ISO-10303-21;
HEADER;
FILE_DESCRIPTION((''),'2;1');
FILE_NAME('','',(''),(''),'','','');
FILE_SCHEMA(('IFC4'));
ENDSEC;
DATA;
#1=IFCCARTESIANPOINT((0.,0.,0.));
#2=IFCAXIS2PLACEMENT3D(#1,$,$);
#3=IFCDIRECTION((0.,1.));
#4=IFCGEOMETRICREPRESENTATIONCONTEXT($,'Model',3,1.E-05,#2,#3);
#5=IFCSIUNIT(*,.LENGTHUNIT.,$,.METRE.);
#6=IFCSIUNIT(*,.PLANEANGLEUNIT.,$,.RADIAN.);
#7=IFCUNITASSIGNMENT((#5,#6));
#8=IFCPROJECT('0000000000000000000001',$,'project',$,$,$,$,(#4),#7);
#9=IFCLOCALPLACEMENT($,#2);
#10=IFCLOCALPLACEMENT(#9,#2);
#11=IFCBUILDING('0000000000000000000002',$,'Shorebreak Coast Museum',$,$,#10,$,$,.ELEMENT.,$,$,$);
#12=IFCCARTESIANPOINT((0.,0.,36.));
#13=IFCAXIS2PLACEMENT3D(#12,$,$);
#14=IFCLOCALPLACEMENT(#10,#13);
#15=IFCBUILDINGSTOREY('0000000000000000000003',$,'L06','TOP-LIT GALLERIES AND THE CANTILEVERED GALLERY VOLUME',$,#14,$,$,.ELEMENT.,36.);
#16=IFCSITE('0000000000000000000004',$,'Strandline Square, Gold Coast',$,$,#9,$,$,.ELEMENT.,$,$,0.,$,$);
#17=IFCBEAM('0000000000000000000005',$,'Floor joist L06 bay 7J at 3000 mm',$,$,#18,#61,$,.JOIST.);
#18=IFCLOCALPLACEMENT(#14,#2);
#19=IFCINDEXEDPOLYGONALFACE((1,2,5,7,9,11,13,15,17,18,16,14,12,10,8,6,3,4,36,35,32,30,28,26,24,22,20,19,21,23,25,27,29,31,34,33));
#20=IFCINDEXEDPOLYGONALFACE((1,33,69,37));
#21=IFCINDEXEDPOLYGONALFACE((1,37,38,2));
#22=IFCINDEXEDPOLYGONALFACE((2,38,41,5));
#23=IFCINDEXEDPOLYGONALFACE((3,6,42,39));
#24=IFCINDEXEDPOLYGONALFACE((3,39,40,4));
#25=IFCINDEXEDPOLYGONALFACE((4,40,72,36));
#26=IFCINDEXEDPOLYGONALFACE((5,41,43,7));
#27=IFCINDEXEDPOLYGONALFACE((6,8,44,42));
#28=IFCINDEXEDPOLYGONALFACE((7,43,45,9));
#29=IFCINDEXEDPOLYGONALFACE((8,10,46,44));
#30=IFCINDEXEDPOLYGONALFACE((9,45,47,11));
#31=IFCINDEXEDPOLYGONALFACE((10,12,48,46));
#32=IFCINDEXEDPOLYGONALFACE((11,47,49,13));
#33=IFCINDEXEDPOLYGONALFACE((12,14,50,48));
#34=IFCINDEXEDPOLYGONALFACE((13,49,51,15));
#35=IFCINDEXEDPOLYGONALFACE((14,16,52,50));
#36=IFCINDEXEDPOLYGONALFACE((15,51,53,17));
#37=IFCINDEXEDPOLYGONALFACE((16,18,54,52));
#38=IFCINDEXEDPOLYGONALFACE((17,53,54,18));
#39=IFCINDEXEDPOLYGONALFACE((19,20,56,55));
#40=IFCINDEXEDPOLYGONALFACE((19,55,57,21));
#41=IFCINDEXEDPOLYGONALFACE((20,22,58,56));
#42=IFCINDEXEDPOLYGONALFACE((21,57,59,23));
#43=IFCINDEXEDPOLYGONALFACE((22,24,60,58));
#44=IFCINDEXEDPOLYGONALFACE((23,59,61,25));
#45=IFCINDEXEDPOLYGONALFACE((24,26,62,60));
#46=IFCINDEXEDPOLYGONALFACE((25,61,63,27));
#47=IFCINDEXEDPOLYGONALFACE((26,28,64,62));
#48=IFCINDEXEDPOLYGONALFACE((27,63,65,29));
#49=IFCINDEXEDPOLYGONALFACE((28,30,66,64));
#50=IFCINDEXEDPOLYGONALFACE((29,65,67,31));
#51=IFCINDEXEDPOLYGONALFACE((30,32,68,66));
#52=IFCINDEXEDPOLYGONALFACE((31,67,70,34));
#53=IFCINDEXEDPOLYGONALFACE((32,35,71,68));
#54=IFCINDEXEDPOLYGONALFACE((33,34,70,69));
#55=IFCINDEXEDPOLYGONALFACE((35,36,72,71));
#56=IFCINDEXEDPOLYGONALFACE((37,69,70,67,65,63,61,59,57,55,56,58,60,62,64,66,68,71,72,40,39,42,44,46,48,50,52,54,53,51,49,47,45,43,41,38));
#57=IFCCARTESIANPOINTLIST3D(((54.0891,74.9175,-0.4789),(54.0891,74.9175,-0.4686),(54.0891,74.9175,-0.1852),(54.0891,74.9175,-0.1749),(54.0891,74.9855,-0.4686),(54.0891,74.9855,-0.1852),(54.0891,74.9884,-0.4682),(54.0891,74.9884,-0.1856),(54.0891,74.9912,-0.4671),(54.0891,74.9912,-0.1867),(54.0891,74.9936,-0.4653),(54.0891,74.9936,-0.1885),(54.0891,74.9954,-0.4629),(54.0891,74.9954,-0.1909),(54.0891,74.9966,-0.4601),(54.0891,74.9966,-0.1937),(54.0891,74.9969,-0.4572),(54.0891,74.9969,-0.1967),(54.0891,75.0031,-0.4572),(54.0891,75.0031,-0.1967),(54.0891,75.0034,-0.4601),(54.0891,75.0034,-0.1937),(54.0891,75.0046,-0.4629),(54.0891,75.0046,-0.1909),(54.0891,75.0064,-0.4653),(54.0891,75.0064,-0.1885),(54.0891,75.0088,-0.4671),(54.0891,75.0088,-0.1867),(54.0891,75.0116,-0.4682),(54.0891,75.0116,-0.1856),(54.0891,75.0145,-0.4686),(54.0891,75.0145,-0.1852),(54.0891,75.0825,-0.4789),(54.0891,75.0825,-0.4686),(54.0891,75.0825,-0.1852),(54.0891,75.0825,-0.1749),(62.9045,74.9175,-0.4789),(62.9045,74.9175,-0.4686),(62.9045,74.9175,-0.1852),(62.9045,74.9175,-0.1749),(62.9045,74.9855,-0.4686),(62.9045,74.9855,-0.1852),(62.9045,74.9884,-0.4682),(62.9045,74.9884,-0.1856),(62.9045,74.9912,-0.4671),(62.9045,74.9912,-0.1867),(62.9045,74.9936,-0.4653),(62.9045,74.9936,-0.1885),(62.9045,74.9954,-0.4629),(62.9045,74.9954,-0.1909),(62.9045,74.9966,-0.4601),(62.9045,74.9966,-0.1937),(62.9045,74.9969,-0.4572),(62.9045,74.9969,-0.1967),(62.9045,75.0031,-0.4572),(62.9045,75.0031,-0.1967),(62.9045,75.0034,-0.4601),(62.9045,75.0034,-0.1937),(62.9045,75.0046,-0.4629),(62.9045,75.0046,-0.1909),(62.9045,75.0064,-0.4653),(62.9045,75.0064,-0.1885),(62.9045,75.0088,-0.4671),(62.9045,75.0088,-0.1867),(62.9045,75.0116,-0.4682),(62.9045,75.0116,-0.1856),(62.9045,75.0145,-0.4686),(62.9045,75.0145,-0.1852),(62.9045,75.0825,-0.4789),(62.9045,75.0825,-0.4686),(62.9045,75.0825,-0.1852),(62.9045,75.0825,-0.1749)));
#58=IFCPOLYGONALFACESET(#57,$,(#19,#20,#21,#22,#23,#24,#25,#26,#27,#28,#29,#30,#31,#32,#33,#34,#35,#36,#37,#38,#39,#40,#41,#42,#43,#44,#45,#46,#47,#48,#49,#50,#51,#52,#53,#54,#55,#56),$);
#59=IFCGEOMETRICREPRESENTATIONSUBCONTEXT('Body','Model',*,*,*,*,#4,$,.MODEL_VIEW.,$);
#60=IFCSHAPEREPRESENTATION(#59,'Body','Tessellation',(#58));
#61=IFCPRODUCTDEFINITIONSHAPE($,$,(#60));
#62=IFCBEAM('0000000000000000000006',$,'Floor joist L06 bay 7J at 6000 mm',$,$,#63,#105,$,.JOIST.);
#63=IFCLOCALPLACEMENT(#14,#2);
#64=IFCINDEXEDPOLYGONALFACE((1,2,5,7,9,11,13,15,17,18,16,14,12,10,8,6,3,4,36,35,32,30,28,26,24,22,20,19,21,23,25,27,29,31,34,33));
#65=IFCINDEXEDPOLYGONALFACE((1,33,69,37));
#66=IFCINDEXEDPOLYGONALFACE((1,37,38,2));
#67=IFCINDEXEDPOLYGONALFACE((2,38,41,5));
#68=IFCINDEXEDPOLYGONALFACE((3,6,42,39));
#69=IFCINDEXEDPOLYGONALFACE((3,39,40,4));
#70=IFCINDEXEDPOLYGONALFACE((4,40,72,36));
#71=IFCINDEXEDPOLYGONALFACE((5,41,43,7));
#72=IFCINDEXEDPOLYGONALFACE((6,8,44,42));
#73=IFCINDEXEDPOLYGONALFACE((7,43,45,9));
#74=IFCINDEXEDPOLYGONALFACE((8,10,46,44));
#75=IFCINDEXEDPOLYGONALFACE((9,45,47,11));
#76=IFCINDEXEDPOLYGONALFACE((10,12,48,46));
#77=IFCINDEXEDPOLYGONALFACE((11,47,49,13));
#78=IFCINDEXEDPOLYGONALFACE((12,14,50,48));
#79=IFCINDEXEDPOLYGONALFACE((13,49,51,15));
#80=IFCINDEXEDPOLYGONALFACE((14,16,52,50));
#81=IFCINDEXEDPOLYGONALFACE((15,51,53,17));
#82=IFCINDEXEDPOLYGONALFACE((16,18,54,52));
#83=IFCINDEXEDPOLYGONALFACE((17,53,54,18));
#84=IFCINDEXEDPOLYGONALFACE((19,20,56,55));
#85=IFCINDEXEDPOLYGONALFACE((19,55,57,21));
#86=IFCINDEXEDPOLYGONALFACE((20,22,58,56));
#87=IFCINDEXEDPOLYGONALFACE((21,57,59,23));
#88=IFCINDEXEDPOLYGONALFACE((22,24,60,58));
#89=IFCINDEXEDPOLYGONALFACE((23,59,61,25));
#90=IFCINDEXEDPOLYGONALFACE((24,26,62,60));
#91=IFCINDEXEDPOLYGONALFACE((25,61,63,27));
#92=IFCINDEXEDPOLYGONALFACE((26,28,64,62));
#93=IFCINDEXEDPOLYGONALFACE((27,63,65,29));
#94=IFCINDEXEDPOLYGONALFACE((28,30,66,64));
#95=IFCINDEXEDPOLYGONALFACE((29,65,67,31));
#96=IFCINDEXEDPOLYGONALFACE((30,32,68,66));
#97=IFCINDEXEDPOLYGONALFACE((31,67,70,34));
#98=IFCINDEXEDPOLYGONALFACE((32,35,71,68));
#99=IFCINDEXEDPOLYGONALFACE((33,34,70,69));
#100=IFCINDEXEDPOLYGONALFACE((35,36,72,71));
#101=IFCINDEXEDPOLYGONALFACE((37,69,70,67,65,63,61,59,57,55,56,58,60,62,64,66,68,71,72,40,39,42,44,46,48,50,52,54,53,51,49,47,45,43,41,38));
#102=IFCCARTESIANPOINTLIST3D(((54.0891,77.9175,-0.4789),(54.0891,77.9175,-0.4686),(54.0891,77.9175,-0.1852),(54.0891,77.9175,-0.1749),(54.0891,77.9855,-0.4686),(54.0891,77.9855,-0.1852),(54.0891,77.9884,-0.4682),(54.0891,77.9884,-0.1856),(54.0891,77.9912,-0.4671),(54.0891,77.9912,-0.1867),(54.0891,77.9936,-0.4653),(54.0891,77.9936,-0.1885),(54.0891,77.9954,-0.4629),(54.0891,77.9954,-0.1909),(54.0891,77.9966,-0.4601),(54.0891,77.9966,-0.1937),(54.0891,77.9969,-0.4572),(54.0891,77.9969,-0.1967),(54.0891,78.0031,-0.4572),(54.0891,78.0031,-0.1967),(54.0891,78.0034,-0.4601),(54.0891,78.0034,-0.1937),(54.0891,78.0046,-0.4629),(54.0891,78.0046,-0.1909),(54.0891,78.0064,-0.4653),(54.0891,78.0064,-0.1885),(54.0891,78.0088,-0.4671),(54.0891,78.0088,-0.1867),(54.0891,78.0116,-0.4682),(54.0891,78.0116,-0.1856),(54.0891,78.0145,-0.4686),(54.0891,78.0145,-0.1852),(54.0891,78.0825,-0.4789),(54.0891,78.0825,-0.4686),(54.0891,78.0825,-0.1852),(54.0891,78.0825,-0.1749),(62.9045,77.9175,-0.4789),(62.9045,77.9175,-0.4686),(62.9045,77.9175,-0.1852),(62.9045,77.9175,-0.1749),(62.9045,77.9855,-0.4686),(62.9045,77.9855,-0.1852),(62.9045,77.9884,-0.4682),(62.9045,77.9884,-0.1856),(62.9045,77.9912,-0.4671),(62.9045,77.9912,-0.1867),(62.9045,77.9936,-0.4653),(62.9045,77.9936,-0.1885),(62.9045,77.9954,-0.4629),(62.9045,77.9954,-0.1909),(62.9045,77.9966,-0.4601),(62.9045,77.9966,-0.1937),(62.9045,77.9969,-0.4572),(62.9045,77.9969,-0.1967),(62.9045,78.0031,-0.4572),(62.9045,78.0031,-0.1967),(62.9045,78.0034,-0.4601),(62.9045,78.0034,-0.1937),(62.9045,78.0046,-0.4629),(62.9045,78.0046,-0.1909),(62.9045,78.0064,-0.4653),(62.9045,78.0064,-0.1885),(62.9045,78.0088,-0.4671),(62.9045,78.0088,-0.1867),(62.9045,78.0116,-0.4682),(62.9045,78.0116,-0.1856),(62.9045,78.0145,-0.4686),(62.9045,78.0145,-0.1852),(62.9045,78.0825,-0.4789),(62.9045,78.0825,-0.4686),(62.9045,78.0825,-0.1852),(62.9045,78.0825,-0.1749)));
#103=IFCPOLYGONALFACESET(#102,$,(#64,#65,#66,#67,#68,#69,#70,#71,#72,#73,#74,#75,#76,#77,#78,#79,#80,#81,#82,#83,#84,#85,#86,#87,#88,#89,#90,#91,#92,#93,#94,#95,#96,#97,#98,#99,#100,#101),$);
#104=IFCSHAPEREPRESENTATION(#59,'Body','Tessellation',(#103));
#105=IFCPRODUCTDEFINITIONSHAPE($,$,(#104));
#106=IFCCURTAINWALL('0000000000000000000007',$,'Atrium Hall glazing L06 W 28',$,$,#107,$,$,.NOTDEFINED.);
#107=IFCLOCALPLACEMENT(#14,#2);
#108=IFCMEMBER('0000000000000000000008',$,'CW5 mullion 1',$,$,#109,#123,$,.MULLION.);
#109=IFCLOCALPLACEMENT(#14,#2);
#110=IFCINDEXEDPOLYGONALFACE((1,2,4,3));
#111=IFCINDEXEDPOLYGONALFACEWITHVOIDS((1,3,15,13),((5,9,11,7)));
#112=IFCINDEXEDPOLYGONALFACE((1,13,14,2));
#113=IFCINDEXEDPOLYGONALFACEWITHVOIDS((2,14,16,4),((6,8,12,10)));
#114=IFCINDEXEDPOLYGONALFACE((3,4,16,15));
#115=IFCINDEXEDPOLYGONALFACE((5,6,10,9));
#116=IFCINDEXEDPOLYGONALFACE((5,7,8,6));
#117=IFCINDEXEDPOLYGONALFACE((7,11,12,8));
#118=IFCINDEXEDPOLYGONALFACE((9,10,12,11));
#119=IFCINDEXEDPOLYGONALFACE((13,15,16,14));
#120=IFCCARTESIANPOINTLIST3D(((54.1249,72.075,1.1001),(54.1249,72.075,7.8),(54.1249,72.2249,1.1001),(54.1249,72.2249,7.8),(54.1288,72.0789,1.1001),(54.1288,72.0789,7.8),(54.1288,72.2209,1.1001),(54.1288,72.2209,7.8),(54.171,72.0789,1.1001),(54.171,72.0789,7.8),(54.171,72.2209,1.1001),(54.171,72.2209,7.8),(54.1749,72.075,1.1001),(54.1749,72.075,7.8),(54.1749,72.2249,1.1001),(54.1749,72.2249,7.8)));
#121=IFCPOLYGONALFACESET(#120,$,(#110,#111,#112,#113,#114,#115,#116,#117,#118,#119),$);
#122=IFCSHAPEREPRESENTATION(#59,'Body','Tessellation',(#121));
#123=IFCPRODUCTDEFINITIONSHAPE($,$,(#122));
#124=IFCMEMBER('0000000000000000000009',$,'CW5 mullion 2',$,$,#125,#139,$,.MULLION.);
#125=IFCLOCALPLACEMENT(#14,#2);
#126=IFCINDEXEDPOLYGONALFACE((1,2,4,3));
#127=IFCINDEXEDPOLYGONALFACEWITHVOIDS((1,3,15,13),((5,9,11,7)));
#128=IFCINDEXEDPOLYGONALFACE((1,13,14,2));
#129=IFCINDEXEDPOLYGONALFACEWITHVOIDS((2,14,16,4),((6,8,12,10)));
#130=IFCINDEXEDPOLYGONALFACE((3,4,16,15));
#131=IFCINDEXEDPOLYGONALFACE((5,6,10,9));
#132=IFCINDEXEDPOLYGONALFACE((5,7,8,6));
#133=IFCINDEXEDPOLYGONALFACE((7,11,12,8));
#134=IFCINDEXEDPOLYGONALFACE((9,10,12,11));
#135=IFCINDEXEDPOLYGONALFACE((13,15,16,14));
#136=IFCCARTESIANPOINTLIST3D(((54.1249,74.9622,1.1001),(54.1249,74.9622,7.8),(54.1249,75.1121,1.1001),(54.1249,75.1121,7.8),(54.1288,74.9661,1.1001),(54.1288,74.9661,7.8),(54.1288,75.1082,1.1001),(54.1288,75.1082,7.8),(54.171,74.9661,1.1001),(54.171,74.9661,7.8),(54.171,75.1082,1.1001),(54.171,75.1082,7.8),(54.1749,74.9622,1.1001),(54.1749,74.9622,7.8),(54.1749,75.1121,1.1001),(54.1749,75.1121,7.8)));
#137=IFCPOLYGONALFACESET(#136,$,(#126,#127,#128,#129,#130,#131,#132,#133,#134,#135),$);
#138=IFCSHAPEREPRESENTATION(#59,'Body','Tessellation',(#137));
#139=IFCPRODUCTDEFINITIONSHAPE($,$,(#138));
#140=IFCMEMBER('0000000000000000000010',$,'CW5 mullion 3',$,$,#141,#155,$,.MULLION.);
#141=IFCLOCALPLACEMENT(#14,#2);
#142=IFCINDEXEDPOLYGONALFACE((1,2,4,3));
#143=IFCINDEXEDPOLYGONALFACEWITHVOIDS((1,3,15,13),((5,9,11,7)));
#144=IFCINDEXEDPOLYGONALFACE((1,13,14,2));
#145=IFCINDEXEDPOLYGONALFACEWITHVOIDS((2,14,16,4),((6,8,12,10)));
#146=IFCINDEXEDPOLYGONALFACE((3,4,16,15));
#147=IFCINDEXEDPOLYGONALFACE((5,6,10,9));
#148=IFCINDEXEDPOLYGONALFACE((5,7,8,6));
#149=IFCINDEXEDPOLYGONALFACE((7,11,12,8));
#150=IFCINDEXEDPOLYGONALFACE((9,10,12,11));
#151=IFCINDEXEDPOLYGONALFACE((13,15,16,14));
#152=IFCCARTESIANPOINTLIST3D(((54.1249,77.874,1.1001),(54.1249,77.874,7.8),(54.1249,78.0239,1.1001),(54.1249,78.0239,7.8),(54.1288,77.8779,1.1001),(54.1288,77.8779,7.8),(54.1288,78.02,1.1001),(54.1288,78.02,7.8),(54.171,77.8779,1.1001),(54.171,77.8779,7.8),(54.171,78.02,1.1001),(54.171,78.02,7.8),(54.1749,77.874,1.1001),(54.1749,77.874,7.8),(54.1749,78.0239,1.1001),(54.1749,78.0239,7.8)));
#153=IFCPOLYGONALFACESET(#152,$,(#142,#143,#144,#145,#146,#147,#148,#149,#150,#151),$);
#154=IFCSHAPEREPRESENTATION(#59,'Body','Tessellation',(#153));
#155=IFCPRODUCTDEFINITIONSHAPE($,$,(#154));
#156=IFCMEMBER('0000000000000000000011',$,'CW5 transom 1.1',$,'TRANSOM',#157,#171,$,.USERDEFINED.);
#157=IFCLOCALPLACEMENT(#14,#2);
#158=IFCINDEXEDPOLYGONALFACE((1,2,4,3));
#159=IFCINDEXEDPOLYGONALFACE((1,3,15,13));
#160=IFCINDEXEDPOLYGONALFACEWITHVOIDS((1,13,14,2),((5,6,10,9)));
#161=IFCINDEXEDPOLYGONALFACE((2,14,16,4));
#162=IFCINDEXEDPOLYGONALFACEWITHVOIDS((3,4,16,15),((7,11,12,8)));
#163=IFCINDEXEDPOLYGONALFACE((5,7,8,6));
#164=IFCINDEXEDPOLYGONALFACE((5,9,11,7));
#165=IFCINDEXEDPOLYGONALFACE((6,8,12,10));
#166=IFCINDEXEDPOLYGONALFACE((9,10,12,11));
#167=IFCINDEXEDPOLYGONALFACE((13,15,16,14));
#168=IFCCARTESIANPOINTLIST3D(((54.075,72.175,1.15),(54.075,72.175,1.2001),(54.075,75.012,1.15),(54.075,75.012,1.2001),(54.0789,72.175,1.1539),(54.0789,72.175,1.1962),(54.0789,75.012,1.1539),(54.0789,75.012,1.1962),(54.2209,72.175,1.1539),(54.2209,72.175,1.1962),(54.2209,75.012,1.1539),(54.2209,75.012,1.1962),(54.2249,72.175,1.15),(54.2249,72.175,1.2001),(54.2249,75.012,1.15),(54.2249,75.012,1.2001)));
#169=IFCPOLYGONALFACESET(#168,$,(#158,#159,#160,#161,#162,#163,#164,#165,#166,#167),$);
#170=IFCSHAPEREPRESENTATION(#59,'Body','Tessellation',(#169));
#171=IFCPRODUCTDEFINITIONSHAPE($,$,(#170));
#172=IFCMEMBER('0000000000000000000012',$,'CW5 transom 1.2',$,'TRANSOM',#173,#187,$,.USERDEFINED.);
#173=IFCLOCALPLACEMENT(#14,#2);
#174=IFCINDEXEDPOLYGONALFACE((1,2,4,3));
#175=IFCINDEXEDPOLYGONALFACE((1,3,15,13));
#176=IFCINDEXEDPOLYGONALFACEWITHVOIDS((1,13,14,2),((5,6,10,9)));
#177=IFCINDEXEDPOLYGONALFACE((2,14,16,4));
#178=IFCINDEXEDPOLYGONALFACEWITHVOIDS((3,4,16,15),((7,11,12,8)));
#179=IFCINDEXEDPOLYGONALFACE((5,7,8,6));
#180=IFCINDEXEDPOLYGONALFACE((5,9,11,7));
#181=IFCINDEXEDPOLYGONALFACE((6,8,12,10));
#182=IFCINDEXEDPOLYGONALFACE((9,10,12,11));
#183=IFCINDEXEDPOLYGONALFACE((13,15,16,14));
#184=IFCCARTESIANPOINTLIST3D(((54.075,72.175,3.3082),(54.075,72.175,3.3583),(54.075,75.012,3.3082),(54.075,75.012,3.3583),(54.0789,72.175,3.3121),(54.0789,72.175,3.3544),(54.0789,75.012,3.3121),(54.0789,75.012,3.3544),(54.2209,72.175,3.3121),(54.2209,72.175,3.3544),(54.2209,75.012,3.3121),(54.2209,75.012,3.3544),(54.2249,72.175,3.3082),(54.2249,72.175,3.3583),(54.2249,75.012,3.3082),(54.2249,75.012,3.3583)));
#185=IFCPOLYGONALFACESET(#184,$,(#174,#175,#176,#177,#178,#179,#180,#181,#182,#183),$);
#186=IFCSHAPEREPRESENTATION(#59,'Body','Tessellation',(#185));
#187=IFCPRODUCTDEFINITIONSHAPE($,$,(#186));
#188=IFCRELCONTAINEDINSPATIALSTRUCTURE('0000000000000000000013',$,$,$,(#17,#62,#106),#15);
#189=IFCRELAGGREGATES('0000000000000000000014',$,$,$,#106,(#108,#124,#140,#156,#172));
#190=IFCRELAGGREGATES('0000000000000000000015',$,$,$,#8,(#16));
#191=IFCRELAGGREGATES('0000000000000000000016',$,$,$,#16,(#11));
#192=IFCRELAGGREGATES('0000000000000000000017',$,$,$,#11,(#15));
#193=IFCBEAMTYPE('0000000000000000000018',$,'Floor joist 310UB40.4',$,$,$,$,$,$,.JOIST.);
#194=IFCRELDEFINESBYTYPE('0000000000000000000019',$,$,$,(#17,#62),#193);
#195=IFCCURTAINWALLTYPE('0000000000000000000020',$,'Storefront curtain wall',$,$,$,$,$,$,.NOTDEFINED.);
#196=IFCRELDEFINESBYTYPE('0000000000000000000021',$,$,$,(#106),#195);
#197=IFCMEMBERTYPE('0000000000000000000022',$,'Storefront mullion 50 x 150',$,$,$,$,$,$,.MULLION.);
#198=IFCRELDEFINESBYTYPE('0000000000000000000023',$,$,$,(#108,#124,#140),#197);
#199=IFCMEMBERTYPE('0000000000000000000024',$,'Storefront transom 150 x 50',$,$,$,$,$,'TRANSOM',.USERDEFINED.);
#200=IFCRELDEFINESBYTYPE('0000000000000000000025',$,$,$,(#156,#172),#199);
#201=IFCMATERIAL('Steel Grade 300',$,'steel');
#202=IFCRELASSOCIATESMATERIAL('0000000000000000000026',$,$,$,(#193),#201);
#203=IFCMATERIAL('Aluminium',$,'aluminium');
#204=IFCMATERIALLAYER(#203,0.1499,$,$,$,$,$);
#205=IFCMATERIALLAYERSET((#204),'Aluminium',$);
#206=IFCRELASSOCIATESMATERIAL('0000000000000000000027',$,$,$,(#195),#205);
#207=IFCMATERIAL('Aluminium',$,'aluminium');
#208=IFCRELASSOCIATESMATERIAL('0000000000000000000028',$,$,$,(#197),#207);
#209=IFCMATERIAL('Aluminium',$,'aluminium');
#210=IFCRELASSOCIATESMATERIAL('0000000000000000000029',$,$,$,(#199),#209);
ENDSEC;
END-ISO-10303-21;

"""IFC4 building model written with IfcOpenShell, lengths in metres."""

from ifc_helpers import new_model, si_unit, direction, frame, origin, origin_2d, place, context, subcontext, project, spatial, hollow_rectangle, i_section, extrude, material, layer, layer_set, material_profile, profile_set, type_object, element, aggregate, save


model = new_model("IFC4")

# Units and contexts
model_context = context("Model", 3, precision=1e-05, world=origin(), true_north=direction((0.0, 1.0)))
body_context = subcontext(model_context, "Body", "Model", "MODEL_VIEW")
ifc_project = project(units=[si_unit("LENGTHUNIT", "METRE"), si_unit("PLANEANGLEUNIT", "RADIAN")], contexts=[model_context])

# Site, building, storey
site_placement = place(None, origin())
site = spatial("IfcSite", under=ifc_project, at=site_placement, Name="Strandline Square, Gold Coast", CompositionType="ELEMENT", RefElevation=0.0)
building_placement = place(site_placement, origin())
building = spatial("IfcBuilding", under=site, at=building_placement, Name="Shorebreak Coast Museum", CompositionType="ELEMENT")
storey_placement = place(building_placement, frame((0.0, 0.0, 36.0)))
storey = spatial("IfcBuildingStorey", under=building, at=storey_placement, Name="L06", Description="TOP-LIT GALLERIES AND THE CANTILEVERED GALLERY VOLUME", CompositionType="ELEMENT", Elevation=36.0)

# Beams
ifc_material_1 = material(Name="Steel Grade 300", Category="steel")
ifc_material_profile_1 = material_profile(ifc_material_1, i_section(OverallWidth=0.165, OverallDepth=0.304, WebThickness=0.0061, FlangeThickness=0.0103, FilletRadius=0.0115, at=origin_2d()), Name="310UB40.4")
ifc_profile_set_1 = profile_set([ifc_material_profile_1], Name="Steel Grade 300")
beam_type_1 = type_object("IfcBeamType", Name="Floor joist 310UB40.4", PredefinedType="JOIST", material=ifc_profile_set_1)
for number, where, z_axis, x_axis, name in (
    (1, (54.0891, 75.0, -0.3269), (1.0, 0.0, 0.0), (0.0, 1.0, 0.0), "Floor joist L06 bay 7J at 3000 mm"),
    (2, (54.0891, 78.0, -0.3269), (1.0, 0.0, 0.0), (0.0, 1.0, 0.0), "Floor joist L06 bay 7J at 6000 mm"),
):
    element("IfcBeam", number, at=place(storey_placement, frame(where, z_axis=z_axis, x_axis=x_axis)), inside=storey, type_object=beam_type_1, Name=name, PredefinedType="JOIST", context=body_context, shape_type="SweptSolid", body=[
        extrude(i_section(OverallWidth=0.165, OverallDepth=0.304, WebThickness=0.0061, FlangeThickness=0.0103, FilletRadius=0.0115, at=origin_2d()), origin(), (0.0, 0.0, 1.0), 8.8154),
    ])

# Curtain wall, members
ifc_material_2 = material(Name="Aluminium", Category="aluminium")
ifc_layer_1 = layer(ifc_material_2, 0.1499)
ifc_layer_set_1 = layer_set([ifc_layer_1], Name="Aluminium")
curtain_wall_type = type_object("IfcCurtainWallType", Name="Storefront curtain wall", PredefinedType="NOTDEFINED", material=ifc_layer_set_1)
curtain_wall_placement = place(storey_placement, origin())
curtain_wall = element("IfcCurtainWall", 3, at=curtain_wall_placement, inside=storey, type_object=curtain_wall_type, Name="Atrium Hall glazing L06 W 28", PredefinedType="NOTDEFINED")
ifc_material_3 = material(Name="Aluminium", Category="aluminium")
ifc_material_profile_2 = material_profile(ifc_material_3, hollow_rectangle(XDim=0.05, YDim=0.1499, WallThickness=0.0039, at=origin_2d()), Name="AL 150x50 RHS")
ifc_profile_set_2 = profile_set([ifc_material_profile_2], Name="Aluminium")
member_type_1 = type_object("IfcMemberType", Name="Storefront mullion 50 x 150", PredefinedType="MULLION", material=ifc_profile_set_2)
member_1_placement = place(storey_placement, frame((54.1499, 72.1499, 1.1001), z_axis=(0.0, 0.0, 1.0), x_axis=(-1.0, 0.0, 0.0)))
member_1 = element("IfcMember", 4, at=member_1_placement, type_object=member_type_1, Name="CW5 mullion 1", PredefinedType="MULLION", context=body_context, shape_type="SweptSolid", body=[
    extrude(hollow_rectangle(XDim=0.05, YDim=0.1499, WallThickness=0.0039, at=origin_2d()), origin(), (0.0, 0.0, 1.0), 6.7),
])
member_2_placement = place(storey_placement, frame((54.1499, 75.0371, 1.1001), z_axis=(0.0, 0.0, 1.0), x_axis=(-1.0, 0.0, 0.0)))
member_2 = element("IfcMember", 5, at=member_2_placement, type_object=member_type_1, Name="CW5 mullion 2", PredefinedType="MULLION", context=body_context, shape_type="SweptSolid", body=[
    extrude(hollow_rectangle(XDim=0.05, YDim=0.1499, WallThickness=0.0039, at=origin_2d()), origin(), (0.0, 0.0, 1.0), 6.7),
])
member_3_placement = place(storey_placement, frame((54.1499, 77.949, 1.1001), z_axis=(0.0, 0.0, 1.0), x_axis=(-1.0, 0.0, 0.0)))
member_3 = element("IfcMember", 6, at=member_3_placement, type_object=member_type_1, Name="CW5 mullion 3", PredefinedType="MULLION", context=body_context, shape_type="SweptSolid", body=[
    extrude(hollow_rectangle(XDim=0.05, YDim=0.1499, WallThickness=0.0039, at=origin_2d()), origin(), (0.0, 0.0, 1.0), 6.7),
])
ifc_material_4 = material(Name="Aluminium", Category="aluminium")
ifc_material_profile_3 = material_profile(ifc_material_4, hollow_rectangle(XDim=0.1499, YDim=0.05, WallThickness=0.0039, at=origin_2d()), Name="AL 50x150 RHS")
ifc_profile_set_3 = profile_set([ifc_material_profile_3], Name="Aluminium")
member_type_2 = type_object("IfcMemberType", Name="Storefront transom 150 x 50", ElementType="TRANSOM", PredefinedType="USERDEFINED", material=ifc_profile_set_3)
member_4_placement = place(storey_placement, frame((54.1499, 72.175, 1.175), z_axis=(0.0, 1.0, 0.0), x_axis=(-1.0, 0.0, 0.0)))
member_4 = element("IfcMember", 7, at=member_4_placement, type_object=member_type_2, Name="CW5 transom 1.1", ObjectType="TRANSOM", PredefinedType="USERDEFINED", context=body_context, shape_type="SweptSolid", body=[
    extrude(hollow_rectangle(XDim=0.1499, YDim=0.05, WallThickness=0.0039, at=origin_2d()), origin(), (0.0, 0.0, 1.0), 2.8369),
])
member_5_placement = place(storey_placement, frame((54.1499, 72.175, 3.3333), z_axis=(0.0, 1.0, 0.0), x_axis=(-1.0, 0.0, 0.0)))
member_5 = element("IfcMember", 8, at=member_5_placement, type_object=member_type_2, Name="CW5 transom 1.2", ObjectType="TRANSOM", PredefinedType="USERDEFINED", context=body_context, shape_type="SweptSolid", body=[
    extrude(hollow_rectangle(XDim=0.1499, YDim=0.05, WallThickness=0.0039, at=origin_2d()), origin(), (0.0, 0.0, 1.0), 2.8369),
])
aggregate(curtain_wall, [member_1, member_2, member_3, member_4, member_5])

save(model, "model.ifc")
